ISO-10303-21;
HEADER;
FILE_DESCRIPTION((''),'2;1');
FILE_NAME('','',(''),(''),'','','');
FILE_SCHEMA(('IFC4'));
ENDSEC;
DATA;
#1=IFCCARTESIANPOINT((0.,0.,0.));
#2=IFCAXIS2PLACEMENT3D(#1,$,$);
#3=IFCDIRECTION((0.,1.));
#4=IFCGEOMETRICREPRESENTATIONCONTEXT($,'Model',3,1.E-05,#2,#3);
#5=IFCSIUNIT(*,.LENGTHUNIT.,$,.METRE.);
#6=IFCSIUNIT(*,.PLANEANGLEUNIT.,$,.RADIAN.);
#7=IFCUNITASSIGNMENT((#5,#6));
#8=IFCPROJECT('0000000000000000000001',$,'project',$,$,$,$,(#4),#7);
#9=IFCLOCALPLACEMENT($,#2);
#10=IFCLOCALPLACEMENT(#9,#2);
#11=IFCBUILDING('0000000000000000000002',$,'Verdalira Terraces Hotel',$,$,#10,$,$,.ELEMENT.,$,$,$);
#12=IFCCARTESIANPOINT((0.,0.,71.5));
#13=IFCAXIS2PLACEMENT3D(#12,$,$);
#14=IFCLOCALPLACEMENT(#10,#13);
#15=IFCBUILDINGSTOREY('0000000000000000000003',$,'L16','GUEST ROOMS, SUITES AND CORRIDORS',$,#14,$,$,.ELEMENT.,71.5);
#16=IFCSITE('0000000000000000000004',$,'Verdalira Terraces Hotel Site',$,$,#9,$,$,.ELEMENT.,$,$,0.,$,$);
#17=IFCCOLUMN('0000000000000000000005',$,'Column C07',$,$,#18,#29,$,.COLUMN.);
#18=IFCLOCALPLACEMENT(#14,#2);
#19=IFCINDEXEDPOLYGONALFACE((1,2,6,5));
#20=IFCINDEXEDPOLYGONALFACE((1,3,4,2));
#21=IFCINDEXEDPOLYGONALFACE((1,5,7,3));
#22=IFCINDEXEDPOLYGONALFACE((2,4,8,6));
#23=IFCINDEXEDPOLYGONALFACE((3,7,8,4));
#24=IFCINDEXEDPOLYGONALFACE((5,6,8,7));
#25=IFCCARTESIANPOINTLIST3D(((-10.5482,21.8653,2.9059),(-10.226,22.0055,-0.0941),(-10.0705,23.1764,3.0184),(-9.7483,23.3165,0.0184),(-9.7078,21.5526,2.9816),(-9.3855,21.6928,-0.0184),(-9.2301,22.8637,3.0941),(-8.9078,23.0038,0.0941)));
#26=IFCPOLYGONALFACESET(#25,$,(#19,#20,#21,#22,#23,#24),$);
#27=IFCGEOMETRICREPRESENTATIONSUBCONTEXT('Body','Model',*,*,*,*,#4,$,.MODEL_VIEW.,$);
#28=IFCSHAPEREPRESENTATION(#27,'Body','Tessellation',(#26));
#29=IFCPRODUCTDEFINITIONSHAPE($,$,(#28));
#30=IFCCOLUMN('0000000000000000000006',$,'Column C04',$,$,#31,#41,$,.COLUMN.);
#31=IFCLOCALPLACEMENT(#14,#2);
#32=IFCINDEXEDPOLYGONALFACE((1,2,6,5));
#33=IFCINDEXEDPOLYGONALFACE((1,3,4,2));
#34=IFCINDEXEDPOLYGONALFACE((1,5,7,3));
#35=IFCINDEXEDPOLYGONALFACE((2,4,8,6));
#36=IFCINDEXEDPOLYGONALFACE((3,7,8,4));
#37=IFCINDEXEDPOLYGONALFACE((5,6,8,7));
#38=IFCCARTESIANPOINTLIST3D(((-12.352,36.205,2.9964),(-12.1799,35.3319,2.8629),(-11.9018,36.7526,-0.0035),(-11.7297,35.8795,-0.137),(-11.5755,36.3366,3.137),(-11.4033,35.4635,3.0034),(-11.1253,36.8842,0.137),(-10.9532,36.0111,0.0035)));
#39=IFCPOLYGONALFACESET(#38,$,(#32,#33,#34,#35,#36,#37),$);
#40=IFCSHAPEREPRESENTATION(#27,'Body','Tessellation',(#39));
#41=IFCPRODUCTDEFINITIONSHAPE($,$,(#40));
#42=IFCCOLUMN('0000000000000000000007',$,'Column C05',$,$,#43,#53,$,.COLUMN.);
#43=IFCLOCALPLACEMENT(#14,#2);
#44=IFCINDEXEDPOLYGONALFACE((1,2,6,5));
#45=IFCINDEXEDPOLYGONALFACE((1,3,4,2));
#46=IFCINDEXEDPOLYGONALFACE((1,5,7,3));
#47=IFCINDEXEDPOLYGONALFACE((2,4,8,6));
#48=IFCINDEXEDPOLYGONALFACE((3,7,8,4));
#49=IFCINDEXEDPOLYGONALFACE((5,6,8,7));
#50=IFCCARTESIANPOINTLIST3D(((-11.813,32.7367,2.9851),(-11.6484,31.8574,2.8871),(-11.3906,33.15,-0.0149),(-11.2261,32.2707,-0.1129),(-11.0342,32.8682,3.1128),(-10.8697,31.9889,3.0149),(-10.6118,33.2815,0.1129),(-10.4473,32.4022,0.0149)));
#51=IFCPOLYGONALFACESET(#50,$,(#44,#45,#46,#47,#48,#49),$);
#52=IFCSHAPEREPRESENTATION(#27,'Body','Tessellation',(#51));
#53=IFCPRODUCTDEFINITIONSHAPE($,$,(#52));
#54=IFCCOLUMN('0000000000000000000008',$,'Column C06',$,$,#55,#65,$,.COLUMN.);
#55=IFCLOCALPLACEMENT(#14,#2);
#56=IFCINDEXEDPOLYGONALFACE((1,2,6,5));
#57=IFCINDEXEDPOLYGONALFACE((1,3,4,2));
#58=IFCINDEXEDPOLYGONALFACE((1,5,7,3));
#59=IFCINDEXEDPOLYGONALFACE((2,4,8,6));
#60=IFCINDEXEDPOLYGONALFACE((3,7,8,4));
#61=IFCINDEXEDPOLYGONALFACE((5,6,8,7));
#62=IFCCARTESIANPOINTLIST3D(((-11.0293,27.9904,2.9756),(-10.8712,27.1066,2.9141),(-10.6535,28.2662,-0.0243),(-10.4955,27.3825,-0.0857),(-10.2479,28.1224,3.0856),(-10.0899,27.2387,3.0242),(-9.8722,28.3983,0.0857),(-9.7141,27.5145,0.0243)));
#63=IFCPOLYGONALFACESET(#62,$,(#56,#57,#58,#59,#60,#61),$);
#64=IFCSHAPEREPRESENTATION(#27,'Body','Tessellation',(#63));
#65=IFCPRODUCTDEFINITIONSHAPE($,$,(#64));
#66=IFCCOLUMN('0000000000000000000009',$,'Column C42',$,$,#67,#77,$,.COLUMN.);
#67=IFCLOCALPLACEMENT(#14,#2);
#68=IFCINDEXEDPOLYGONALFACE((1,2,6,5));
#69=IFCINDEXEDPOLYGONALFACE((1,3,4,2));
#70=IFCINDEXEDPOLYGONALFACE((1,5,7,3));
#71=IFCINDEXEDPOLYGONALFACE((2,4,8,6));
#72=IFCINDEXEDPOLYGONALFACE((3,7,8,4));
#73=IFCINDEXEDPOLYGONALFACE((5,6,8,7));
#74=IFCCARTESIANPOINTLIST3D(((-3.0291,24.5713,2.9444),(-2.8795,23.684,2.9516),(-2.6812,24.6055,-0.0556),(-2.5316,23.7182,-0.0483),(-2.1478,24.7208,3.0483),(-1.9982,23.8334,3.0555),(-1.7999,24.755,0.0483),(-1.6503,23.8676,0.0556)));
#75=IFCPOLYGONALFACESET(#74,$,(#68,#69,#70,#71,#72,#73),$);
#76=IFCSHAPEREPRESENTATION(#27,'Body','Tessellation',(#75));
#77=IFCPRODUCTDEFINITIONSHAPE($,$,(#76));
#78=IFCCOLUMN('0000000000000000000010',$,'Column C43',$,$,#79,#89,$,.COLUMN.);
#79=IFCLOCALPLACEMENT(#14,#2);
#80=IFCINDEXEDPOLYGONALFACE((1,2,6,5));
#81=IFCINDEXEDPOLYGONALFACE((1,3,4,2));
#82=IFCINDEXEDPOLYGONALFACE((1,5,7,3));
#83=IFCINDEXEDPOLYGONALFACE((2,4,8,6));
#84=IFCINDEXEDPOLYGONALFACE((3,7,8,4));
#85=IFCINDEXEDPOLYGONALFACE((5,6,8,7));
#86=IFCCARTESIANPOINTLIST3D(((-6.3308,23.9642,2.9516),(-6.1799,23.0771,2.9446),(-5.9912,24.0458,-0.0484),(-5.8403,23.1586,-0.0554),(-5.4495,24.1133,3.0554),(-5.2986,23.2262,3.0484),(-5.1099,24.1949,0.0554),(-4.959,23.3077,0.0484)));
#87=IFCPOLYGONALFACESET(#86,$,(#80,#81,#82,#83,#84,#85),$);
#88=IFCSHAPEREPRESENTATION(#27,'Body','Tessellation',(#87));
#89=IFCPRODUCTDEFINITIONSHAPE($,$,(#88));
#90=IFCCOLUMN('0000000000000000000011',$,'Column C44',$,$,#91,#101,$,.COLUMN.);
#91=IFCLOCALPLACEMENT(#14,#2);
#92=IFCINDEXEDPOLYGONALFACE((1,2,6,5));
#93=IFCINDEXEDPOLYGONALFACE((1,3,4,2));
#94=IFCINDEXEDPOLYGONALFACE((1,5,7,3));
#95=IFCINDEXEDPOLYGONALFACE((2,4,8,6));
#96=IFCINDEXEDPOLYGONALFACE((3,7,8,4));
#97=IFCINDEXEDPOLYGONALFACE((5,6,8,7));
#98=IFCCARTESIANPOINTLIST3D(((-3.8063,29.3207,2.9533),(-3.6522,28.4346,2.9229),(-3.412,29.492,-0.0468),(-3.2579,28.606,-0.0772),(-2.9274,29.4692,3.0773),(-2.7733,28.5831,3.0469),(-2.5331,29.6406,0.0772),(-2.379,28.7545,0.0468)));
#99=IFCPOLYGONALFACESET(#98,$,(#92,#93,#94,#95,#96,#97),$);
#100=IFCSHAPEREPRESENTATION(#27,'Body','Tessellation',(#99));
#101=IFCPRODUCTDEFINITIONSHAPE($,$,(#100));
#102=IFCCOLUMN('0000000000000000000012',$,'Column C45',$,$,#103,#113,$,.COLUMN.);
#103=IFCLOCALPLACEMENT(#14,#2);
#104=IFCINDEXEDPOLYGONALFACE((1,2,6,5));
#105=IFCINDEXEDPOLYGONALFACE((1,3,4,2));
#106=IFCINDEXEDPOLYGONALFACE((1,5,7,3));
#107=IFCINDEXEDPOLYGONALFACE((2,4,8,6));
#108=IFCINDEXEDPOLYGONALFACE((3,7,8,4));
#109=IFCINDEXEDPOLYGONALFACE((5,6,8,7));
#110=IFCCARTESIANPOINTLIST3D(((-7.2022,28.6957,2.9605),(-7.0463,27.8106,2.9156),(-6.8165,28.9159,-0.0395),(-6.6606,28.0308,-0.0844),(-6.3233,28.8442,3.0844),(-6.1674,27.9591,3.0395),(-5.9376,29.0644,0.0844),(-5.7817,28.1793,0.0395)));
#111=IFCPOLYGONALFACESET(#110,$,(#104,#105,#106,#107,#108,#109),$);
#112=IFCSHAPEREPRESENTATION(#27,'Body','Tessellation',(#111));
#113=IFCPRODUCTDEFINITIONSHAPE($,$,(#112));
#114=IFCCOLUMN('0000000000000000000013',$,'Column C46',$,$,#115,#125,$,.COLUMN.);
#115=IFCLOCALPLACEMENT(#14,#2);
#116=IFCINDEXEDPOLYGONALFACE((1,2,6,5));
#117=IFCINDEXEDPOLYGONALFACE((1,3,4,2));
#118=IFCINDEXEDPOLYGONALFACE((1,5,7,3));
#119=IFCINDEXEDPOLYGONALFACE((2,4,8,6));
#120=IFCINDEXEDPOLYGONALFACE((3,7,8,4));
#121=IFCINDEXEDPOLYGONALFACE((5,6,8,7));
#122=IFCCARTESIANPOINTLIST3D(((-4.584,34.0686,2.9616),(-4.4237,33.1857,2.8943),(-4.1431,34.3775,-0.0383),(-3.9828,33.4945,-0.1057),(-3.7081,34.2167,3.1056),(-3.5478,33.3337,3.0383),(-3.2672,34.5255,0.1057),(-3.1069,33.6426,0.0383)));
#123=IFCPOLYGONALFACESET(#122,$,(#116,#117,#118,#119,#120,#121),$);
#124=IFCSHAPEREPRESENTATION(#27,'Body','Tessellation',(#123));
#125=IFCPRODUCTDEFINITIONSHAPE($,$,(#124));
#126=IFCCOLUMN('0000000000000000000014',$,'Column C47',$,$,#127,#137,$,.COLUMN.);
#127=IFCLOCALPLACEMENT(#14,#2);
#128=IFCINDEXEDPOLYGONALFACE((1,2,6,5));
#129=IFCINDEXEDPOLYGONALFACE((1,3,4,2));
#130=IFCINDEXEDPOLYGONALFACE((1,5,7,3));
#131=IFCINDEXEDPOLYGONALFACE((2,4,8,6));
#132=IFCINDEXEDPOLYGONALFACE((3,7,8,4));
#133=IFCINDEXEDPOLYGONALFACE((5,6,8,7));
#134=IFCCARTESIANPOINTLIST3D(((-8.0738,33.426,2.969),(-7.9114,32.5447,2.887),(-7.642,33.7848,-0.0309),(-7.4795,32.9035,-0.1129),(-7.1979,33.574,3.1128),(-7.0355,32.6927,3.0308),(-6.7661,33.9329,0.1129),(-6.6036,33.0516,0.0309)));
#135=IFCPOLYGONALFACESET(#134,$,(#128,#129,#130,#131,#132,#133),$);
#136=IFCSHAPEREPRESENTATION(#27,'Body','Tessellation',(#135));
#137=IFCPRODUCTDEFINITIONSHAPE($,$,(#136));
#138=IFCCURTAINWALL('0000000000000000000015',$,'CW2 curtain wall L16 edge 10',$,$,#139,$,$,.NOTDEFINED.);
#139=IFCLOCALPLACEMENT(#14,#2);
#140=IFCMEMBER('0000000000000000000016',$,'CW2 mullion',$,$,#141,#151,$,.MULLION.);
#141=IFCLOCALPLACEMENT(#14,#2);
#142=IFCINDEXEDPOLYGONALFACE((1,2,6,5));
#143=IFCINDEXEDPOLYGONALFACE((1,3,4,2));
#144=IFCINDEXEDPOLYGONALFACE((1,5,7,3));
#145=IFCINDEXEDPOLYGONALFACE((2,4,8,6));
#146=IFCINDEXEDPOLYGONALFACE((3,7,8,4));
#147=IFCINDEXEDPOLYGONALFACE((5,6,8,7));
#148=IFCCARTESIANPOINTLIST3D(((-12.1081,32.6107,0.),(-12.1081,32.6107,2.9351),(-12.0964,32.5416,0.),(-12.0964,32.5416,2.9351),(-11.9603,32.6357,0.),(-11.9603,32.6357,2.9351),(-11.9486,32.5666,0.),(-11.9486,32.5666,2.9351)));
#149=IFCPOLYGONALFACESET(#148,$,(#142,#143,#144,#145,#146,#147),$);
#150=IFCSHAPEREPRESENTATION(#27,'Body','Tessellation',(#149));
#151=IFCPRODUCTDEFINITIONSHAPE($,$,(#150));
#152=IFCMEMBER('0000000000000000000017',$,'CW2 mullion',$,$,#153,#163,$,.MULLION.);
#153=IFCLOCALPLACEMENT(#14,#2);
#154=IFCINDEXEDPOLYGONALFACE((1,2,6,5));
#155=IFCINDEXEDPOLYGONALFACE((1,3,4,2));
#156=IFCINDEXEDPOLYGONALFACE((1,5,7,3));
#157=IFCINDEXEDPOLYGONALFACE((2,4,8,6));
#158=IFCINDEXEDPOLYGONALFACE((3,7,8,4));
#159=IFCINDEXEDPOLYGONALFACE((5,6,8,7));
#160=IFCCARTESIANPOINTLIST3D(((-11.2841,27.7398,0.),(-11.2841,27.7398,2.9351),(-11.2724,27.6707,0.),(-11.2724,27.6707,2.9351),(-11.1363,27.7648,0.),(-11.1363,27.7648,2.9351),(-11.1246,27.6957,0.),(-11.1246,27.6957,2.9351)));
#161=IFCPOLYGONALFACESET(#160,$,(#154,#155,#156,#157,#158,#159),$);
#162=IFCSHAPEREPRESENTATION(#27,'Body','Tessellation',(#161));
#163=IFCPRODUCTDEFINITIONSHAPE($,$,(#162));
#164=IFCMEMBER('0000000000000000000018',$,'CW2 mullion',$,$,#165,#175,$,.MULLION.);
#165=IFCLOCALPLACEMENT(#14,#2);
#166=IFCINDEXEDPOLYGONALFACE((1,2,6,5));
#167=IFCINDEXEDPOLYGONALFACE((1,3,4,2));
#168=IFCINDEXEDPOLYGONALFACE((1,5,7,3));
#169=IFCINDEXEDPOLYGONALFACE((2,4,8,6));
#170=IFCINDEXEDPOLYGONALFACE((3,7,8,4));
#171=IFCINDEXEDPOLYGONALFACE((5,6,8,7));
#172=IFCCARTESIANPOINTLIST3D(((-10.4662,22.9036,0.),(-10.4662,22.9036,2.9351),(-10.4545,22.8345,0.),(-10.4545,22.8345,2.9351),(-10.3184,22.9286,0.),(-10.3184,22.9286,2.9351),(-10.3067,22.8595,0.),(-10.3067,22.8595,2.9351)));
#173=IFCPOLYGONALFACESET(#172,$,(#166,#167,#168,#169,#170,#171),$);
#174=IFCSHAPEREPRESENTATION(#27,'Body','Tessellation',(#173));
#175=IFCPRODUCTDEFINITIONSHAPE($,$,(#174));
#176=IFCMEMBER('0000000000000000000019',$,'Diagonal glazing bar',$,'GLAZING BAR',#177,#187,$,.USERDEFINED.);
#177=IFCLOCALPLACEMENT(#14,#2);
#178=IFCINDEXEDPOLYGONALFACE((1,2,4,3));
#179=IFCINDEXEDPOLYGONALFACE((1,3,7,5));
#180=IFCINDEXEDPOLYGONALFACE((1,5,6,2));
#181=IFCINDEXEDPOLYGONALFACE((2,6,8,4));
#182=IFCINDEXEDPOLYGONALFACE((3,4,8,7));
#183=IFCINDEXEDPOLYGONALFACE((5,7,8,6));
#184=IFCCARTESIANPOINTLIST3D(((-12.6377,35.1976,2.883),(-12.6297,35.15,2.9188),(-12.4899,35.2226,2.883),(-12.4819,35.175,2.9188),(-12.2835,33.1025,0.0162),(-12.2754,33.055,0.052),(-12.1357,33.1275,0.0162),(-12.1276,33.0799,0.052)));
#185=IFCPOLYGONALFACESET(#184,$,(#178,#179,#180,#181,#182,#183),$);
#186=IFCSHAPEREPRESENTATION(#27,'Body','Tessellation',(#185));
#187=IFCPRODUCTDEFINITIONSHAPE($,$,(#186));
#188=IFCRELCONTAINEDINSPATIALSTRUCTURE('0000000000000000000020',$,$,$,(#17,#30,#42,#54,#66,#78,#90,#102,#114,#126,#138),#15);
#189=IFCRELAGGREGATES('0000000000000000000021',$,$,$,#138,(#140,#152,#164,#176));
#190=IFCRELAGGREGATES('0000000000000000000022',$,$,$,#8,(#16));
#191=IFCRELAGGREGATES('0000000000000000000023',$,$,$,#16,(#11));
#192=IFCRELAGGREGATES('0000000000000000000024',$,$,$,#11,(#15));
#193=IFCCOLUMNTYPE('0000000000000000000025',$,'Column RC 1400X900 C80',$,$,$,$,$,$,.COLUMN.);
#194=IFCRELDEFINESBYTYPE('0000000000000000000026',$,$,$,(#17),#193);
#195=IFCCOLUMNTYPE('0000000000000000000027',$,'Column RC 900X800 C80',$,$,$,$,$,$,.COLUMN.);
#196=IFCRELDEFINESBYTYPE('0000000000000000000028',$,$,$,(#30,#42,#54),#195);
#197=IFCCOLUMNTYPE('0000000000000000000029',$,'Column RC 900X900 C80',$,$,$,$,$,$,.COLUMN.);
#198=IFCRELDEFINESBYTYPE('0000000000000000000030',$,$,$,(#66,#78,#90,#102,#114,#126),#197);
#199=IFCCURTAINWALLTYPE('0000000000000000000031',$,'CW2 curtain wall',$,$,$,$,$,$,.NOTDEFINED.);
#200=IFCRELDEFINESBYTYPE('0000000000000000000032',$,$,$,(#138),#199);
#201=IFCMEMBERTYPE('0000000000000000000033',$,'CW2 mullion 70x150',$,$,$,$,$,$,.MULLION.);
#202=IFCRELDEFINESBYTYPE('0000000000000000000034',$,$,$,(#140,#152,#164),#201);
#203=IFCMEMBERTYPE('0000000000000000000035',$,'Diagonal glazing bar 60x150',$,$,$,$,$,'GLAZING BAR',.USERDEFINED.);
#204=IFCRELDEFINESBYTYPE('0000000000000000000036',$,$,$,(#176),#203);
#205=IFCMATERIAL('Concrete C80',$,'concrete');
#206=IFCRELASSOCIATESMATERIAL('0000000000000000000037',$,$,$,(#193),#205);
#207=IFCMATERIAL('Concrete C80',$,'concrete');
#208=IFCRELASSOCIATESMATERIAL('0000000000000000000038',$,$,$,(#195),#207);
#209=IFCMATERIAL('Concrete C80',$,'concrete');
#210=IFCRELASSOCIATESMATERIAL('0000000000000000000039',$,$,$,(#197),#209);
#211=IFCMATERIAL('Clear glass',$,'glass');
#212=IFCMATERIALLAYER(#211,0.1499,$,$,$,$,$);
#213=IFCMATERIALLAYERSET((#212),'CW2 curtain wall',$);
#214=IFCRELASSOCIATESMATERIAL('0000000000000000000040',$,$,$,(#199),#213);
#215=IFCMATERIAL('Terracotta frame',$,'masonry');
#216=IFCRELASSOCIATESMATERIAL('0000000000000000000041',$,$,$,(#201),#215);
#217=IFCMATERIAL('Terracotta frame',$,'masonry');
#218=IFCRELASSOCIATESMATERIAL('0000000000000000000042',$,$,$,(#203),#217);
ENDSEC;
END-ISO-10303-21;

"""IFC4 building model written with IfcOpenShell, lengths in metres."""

from ifc_helpers import new_model, si_unit, direction, frame, origin, origin_2d, place, context, subcontext, project, spatial, rectangle, extrude, material, layer, layer_set, material_profile, profile_set, type_object, element, aggregate, save


model = new_model("IFC4")

# Units and contexts
model_context = context("Model", 3, precision=1e-05, world=origin(), true_north=direction((0.0, 1.0)))
body_context = subcontext(model_context, "Body", "Model", "MODEL_VIEW")
ifc_project = project(units=[si_unit("LENGTHUNIT", "METRE"), si_unit("PLANEANGLEUNIT", "RADIAN")], contexts=[model_context])

# Site, building, storey
site_placement = place(None, origin())
site = spatial("IfcSite", under=ifc_project, at=site_placement, Name="Verdalira Terraces Hotel Site", CompositionType="ELEMENT", RefElevation=0.0)
building_placement = place(site_placement, origin())
building = spatial("IfcBuilding", under=site, at=building_placement, Name="Verdalira Terraces Hotel", CompositionType="ELEMENT")
storey_placement = place(building_placement, frame((0.0, 0.0, 71.5)))
storey = spatial("IfcBuildingStorey", under=building, at=storey_placement, Name="L16", Description="GUEST ROOMS, SUITES AND CORRIDORS", CompositionType="ELEMENT", Elevation=71.5)

# Columns
ifc_material_1 = material(Name="Concrete C80", Category="concrete")
ifc_material_profile_1 = material_profile(ifc_material_1, rectangle(XDim=1.3999, YDim=0.8999, at=origin_2d()), Name="RC 1400X900")
ifc_profile_set_1 = profile_set([ifc_material_profile_1], Name="Concrete C80")
column_type_1 = type_object("IfcColumnType", Name="Column RC 1400X900 C80", PredefinedType="COLUMN", material=ifc_profile_set_1)
column_1_placement = place(storey_placement, frame((-9.5669, 22.5046, 0.0), z_axis=(-0.106692, -0.046395, 0.993209), x_axis=(0.341233, 0.936534, 0.080403)))
element("IfcColumn", 1, at=column_1_placement, inside=storey, type_object=column_type_1, Name="Column C07", PredefinedType="COLUMN", context=body_context, shape_type="SweptSolid", body=[
    extrude(rectangle(XDim=1.3999, YDim=0.8999, at=origin_2d()), origin(), (0.0, 0.0, 1.0), 3.0205),
])
ifc_material_2 = material(Name="Concrete C80", Category="concrete")
ifc_material_profile_2 = material_profile(ifc_material_2, rectangle(XDim=0.8999, YDim=0.8, at=origin_2d()), Name="RC 900X800")
ifc_profile_set_2 = profile_set([ifc_material_profile_2], Name="Concrete C80")
column_type_2 = type_object("IfcColumnType", Name="Column RC 900X800 C80", PredefinedType="COLUMN", material=ifc_profile_set_2)
column_2_placement = place(storey_placement, frame((-11.4275, 36.3818, 0.0), z_axis=(-0.146043, -0.177643, 0.973198), x_axis=(0.191273, -0.970253, -0.148403)))
element("IfcColumn", 2, at=column_2_placement, inside=storey, type_object=column_type_2, Name="Column C04", PredefinedType="COLUMN", context=body_context, shape_type="SweptSolid", body=[
    extrude(rectangle(XDim=0.8999, YDim=0.8, at=origin_2d()), origin(), (0.0, 0.0, 1.0), 3.0825),
])
column_3_placement = place(storey_placement, frame((-10.9189, 32.7761, 0.0), z_axis=(-0.138133, -0.135179, 0.981145), x_axis=(0.18285, -0.977093, -0.108878)))
element("IfcColumn", 3, at=column_3_placement, inside=storey, type_object=column_type_2, Name="Column C05", PredefinedType="COLUMN", context=body_context, shape_type="SweptSolid", body=[
    extrude(rectangle(XDim=0.8999, YDim=0.8, at=origin_2d()), origin(), (0.0, 0.0, 1.0), 3.0576),
])
column_4_placement = place(storey_placement, frame((-10.1838, 27.8904, 0.0), z_axis=(-0.123759, -0.090869, 0.988143), x_axis=(0.175604, -0.982087, -0.068319)))
element("IfcColumn", 4, at=column_4_placement, inside=storey, type_object=column_type_2, Name="Column C06", PredefinedType="COLUMN", context=body_context, shape_type="SweptSolid", body=[
    extrude(rectangle(XDim=0.8999, YDim=0.8, at=origin_2d()), origin(), (0.0, 0.0, 1.0), 3.0359),
])
ifc_material_3 = material(Name="Concrete C80", Category="concrete")
ifc_material_profile_3 = material_profile(ifc_material_3, rectangle(XDim=0.8999, YDim=0.8999, at=origin_2d()), Name="RC 900X900")
ifc_profile_set_3 = profile_set([ifc_material_profile_3], Name="Concrete C80")
column_type_3 = type_object("IfcColumnType", Name="Column RC 900X900 C80", PredefinedType="COLUMN", material=ifc_profile_set_3)
for number, where, z_axis, x_axis, name in (
    (5, (-2.1658, 24.2366, 0.0), (-0.115187, -0.011317, 0.993279), (-0.166265, 0.986048, -0.008047), "Column C42"),
    (6, (-5.4751, 23.6768, 0.0), (-0.11244, -0.026999, 0.993292), (-0.16768, 0.98581, 0.007814), "Column C43"),
):
    element("IfcColumn", number, at=place(storey_placement, frame(where, z_axis=z_axis, x_axis=x_axis)), inside=storey, type_object=column_type_3, Name=name, PredefinedType="COLUMN", context=body_context, shape_type="SweptSolid", body=[
        extrude(rectangle(XDim=0.8999, YDim=0.8999, at=origin_2d()), origin(), (0.0, 0.0, 1.0), 3.0203),
    ])
column_5_placement = place(storey_placement, frame((-2.8955, 29.1233, 0.0), z_axis=(-0.1301, -0.056551, 0.989887), x_axis=(-0.171225, 0.984654, 0.033748)))
element("IfcColumn", 7, at=column_5_placement, inside=storey, type_object=column_type_3, Name="Column C44", PredefinedType="COLUMN", context=body_context, shape_type="SweptSolid", body=[
    extrude(rectangle(XDim=0.8999, YDim=0.8999, at=origin_2d()), origin(), (0.0, 0.0, 1.0), 3.0308),
])
column_6_placement = place(storey_placement, frame((-6.2991, 28.5476, 0.0), z_axis=(-0.127194, -0.072613, 0.989216), x_axis=(-0.173231, 0.983615, 0.049928)))
element("IfcColumn", 8, at=column_6_placement, inside=storey, type_object=column_type_3, Name="Column C45", PredefinedType="COLUMN", context=body_context, shape_type="SweptSolid", body=[
    extrude(rectangle(XDim=0.8999, YDim=0.8999, at=origin_2d()), origin(), (0.0, 0.0, 1.0), 3.0327),
])
column_7_placement = place(storey_placement, frame((-3.625, 34.01, 0.0), z_axis=(-0.144662, -0.101328, 0.984279), x_axis=(-0.17815, 0.981155, 0.074823)))
element("IfcColumn", 9, at=column_7_placement, inside=storey, type_object=column_type_3, Name="Column C46", PredefinedType="COLUMN", context=body_context, shape_type="SweptSolid", body=[
    extrude(rectangle(XDim=0.8999, YDim=0.8999, at=origin_2d()), origin(), (0.0, 0.0, 1.0), 3.0479),
])
column_8_placement = place(storey_placement, frame((-7.1228, 33.4182, 0.0), z_axis=(-0.141504, -0.117587, 0.982929), x_axis=(-0.180494, 0.979341, 0.091173)))
element("IfcColumn", 10, at=column_8_placement, inside=storey, type_object=column_type_3, Name="Column C47", PredefinedType="COLUMN", context=body_context, shape_type="SweptSolid", body=[
    extrude(rectangle(XDim=0.8999, YDim=0.8999, at=origin_2d()), origin(), (0.0, 0.0, 1.0), 3.052),
])

# Curtain wall, members
ifc_material_4 = material(Name="Clear glass", Category="glass")
ifc_layer_1 = layer(ifc_material_4, 0.1499)
ifc_layer_set_1 = layer_set([ifc_layer_1], Name="CW2 curtain wall")
curtain_wall_type = type_object("IfcCurtainWallType", Name="CW2 curtain wall", PredefinedType="NOTDEFINED", material=ifc_layer_set_1)
curtain_wall_placement = place(storey_placement, origin())
curtain_wall = element("IfcCurtainWall", 11, at=curtain_wall_placement, inside=storey, type_object=curtain_wall_type, Name="CW2 curtain wall L16 edge 10", PredefinedType="NOTDEFINED")
ifc_material_5 = material(Name="Terracotta frame", Category="masonry")
ifc_material_profile_4 = material_profile(ifc_material_5, rectangle(XDim=0.0701, YDim=0.1499, at=origin_2d()), Name="MU 70x150")
ifc_profile_set_4 = profile_set([ifc_material_profile_4], Name="Terracotta frame")
member_type_1 = type_object("IfcMemberType", Name="CW2 mullion 70x150", PredefinedType="MULLION", material=ifc_profile_set_4)
member_1_placement = place(storey_placement, frame((-12.0283, 32.5886, 0.0), z_axis=(0.0, 0.0, 1.0), x_axis=(0.166769, -0.985996, 0.0)))
member_1 = element("IfcMember", 12, at=member_1_placement, type_object=member_type_1, Name="CW2 mullion", PredefinedType="MULLION", context=body_context, shape_type="SweptSolid", body=[
    extrude(rectangle(XDim=0.0701, YDim=0.1499, at=origin_2d()), origin(), (0.0, 0.0, 1.0), 2.9351),
])
member_2_placement = place(storey_placement, frame((-11.2043, 27.7178, 0.0), z_axis=(0.0, 0.0, 1.0), x_axis=(0.166769, -0.985996, 0.0)))
member_2 = element("IfcMember", 13, at=member_2_placement, type_object=member_type_1, Name="CW2 mullion", PredefinedType="MULLION", context=body_context, shape_type="SweptSolid", body=[
    extrude(rectangle(XDim=0.0701, YDim=0.1499, at=origin_2d()), origin(), (0.0, 0.0, 1.0), 2.9351),
])
member_3_placement = place(storey_placement, frame((-10.3865, 22.8816, 0.0), z_axis=(0.0, 0.0, 1.0), x_axis=(0.166769, -0.985996, 0.0)))
member_3 = element("IfcMember", 14, at=member_3_placement, type_object=member_type_1, Name="CW2 mullion", PredefinedType="MULLION", context=body_context, shape_type="SweptSolid", body=[
    extrude(rectangle(XDim=0.0701, YDim=0.1499, at=origin_2d()), origin(), (0.0, 0.0, 1.0), 2.9351),
])
ifc_material_6 = material(Name="Terracotta frame", Category="masonry")
ifc_material_profile_5 = material_profile(ifc_material_6, rectangle(XDim=0.1499, YDim=0.0601, at=origin_2d()), Name="GB 60x150")
ifc_profile_set_5 = profile_set([ifc_material_profile_5], Name="Terracotta frame")
member_type_2 = type_object("IfcMemberType", Name="Diagonal glazing bar 60x150", ElementType="GLAZING BAR", PredefinedType="USERDEFINED", material=ifc_profile_set_5)
member_4_placement = place(storey_placement, frame((-12.5598, 35.1863, 2.9009), z_axis=(0.099278, -0.587115, -0.803392), x_axis=(0.986003, 0.166728, 0.0)))
member_4 = element("IfcMember", 15, at=member_4_placement, type_object=member_type_2, Name="Diagonal glazing bar", ObjectType="GLAZING BAR", PredefinedType="USERDEFINED", context=body_context, shape_type="SweptSolid", body=[
    extrude(rectangle(XDim=0.1499, YDim=0.0601, at=origin_2d()), origin(), (0.0, 0.0, 1.0), 3.5684),
])

aggregate(curtain_wall, [member_1, member_2, member_3, member_4])

save(model, "model.ifc")
